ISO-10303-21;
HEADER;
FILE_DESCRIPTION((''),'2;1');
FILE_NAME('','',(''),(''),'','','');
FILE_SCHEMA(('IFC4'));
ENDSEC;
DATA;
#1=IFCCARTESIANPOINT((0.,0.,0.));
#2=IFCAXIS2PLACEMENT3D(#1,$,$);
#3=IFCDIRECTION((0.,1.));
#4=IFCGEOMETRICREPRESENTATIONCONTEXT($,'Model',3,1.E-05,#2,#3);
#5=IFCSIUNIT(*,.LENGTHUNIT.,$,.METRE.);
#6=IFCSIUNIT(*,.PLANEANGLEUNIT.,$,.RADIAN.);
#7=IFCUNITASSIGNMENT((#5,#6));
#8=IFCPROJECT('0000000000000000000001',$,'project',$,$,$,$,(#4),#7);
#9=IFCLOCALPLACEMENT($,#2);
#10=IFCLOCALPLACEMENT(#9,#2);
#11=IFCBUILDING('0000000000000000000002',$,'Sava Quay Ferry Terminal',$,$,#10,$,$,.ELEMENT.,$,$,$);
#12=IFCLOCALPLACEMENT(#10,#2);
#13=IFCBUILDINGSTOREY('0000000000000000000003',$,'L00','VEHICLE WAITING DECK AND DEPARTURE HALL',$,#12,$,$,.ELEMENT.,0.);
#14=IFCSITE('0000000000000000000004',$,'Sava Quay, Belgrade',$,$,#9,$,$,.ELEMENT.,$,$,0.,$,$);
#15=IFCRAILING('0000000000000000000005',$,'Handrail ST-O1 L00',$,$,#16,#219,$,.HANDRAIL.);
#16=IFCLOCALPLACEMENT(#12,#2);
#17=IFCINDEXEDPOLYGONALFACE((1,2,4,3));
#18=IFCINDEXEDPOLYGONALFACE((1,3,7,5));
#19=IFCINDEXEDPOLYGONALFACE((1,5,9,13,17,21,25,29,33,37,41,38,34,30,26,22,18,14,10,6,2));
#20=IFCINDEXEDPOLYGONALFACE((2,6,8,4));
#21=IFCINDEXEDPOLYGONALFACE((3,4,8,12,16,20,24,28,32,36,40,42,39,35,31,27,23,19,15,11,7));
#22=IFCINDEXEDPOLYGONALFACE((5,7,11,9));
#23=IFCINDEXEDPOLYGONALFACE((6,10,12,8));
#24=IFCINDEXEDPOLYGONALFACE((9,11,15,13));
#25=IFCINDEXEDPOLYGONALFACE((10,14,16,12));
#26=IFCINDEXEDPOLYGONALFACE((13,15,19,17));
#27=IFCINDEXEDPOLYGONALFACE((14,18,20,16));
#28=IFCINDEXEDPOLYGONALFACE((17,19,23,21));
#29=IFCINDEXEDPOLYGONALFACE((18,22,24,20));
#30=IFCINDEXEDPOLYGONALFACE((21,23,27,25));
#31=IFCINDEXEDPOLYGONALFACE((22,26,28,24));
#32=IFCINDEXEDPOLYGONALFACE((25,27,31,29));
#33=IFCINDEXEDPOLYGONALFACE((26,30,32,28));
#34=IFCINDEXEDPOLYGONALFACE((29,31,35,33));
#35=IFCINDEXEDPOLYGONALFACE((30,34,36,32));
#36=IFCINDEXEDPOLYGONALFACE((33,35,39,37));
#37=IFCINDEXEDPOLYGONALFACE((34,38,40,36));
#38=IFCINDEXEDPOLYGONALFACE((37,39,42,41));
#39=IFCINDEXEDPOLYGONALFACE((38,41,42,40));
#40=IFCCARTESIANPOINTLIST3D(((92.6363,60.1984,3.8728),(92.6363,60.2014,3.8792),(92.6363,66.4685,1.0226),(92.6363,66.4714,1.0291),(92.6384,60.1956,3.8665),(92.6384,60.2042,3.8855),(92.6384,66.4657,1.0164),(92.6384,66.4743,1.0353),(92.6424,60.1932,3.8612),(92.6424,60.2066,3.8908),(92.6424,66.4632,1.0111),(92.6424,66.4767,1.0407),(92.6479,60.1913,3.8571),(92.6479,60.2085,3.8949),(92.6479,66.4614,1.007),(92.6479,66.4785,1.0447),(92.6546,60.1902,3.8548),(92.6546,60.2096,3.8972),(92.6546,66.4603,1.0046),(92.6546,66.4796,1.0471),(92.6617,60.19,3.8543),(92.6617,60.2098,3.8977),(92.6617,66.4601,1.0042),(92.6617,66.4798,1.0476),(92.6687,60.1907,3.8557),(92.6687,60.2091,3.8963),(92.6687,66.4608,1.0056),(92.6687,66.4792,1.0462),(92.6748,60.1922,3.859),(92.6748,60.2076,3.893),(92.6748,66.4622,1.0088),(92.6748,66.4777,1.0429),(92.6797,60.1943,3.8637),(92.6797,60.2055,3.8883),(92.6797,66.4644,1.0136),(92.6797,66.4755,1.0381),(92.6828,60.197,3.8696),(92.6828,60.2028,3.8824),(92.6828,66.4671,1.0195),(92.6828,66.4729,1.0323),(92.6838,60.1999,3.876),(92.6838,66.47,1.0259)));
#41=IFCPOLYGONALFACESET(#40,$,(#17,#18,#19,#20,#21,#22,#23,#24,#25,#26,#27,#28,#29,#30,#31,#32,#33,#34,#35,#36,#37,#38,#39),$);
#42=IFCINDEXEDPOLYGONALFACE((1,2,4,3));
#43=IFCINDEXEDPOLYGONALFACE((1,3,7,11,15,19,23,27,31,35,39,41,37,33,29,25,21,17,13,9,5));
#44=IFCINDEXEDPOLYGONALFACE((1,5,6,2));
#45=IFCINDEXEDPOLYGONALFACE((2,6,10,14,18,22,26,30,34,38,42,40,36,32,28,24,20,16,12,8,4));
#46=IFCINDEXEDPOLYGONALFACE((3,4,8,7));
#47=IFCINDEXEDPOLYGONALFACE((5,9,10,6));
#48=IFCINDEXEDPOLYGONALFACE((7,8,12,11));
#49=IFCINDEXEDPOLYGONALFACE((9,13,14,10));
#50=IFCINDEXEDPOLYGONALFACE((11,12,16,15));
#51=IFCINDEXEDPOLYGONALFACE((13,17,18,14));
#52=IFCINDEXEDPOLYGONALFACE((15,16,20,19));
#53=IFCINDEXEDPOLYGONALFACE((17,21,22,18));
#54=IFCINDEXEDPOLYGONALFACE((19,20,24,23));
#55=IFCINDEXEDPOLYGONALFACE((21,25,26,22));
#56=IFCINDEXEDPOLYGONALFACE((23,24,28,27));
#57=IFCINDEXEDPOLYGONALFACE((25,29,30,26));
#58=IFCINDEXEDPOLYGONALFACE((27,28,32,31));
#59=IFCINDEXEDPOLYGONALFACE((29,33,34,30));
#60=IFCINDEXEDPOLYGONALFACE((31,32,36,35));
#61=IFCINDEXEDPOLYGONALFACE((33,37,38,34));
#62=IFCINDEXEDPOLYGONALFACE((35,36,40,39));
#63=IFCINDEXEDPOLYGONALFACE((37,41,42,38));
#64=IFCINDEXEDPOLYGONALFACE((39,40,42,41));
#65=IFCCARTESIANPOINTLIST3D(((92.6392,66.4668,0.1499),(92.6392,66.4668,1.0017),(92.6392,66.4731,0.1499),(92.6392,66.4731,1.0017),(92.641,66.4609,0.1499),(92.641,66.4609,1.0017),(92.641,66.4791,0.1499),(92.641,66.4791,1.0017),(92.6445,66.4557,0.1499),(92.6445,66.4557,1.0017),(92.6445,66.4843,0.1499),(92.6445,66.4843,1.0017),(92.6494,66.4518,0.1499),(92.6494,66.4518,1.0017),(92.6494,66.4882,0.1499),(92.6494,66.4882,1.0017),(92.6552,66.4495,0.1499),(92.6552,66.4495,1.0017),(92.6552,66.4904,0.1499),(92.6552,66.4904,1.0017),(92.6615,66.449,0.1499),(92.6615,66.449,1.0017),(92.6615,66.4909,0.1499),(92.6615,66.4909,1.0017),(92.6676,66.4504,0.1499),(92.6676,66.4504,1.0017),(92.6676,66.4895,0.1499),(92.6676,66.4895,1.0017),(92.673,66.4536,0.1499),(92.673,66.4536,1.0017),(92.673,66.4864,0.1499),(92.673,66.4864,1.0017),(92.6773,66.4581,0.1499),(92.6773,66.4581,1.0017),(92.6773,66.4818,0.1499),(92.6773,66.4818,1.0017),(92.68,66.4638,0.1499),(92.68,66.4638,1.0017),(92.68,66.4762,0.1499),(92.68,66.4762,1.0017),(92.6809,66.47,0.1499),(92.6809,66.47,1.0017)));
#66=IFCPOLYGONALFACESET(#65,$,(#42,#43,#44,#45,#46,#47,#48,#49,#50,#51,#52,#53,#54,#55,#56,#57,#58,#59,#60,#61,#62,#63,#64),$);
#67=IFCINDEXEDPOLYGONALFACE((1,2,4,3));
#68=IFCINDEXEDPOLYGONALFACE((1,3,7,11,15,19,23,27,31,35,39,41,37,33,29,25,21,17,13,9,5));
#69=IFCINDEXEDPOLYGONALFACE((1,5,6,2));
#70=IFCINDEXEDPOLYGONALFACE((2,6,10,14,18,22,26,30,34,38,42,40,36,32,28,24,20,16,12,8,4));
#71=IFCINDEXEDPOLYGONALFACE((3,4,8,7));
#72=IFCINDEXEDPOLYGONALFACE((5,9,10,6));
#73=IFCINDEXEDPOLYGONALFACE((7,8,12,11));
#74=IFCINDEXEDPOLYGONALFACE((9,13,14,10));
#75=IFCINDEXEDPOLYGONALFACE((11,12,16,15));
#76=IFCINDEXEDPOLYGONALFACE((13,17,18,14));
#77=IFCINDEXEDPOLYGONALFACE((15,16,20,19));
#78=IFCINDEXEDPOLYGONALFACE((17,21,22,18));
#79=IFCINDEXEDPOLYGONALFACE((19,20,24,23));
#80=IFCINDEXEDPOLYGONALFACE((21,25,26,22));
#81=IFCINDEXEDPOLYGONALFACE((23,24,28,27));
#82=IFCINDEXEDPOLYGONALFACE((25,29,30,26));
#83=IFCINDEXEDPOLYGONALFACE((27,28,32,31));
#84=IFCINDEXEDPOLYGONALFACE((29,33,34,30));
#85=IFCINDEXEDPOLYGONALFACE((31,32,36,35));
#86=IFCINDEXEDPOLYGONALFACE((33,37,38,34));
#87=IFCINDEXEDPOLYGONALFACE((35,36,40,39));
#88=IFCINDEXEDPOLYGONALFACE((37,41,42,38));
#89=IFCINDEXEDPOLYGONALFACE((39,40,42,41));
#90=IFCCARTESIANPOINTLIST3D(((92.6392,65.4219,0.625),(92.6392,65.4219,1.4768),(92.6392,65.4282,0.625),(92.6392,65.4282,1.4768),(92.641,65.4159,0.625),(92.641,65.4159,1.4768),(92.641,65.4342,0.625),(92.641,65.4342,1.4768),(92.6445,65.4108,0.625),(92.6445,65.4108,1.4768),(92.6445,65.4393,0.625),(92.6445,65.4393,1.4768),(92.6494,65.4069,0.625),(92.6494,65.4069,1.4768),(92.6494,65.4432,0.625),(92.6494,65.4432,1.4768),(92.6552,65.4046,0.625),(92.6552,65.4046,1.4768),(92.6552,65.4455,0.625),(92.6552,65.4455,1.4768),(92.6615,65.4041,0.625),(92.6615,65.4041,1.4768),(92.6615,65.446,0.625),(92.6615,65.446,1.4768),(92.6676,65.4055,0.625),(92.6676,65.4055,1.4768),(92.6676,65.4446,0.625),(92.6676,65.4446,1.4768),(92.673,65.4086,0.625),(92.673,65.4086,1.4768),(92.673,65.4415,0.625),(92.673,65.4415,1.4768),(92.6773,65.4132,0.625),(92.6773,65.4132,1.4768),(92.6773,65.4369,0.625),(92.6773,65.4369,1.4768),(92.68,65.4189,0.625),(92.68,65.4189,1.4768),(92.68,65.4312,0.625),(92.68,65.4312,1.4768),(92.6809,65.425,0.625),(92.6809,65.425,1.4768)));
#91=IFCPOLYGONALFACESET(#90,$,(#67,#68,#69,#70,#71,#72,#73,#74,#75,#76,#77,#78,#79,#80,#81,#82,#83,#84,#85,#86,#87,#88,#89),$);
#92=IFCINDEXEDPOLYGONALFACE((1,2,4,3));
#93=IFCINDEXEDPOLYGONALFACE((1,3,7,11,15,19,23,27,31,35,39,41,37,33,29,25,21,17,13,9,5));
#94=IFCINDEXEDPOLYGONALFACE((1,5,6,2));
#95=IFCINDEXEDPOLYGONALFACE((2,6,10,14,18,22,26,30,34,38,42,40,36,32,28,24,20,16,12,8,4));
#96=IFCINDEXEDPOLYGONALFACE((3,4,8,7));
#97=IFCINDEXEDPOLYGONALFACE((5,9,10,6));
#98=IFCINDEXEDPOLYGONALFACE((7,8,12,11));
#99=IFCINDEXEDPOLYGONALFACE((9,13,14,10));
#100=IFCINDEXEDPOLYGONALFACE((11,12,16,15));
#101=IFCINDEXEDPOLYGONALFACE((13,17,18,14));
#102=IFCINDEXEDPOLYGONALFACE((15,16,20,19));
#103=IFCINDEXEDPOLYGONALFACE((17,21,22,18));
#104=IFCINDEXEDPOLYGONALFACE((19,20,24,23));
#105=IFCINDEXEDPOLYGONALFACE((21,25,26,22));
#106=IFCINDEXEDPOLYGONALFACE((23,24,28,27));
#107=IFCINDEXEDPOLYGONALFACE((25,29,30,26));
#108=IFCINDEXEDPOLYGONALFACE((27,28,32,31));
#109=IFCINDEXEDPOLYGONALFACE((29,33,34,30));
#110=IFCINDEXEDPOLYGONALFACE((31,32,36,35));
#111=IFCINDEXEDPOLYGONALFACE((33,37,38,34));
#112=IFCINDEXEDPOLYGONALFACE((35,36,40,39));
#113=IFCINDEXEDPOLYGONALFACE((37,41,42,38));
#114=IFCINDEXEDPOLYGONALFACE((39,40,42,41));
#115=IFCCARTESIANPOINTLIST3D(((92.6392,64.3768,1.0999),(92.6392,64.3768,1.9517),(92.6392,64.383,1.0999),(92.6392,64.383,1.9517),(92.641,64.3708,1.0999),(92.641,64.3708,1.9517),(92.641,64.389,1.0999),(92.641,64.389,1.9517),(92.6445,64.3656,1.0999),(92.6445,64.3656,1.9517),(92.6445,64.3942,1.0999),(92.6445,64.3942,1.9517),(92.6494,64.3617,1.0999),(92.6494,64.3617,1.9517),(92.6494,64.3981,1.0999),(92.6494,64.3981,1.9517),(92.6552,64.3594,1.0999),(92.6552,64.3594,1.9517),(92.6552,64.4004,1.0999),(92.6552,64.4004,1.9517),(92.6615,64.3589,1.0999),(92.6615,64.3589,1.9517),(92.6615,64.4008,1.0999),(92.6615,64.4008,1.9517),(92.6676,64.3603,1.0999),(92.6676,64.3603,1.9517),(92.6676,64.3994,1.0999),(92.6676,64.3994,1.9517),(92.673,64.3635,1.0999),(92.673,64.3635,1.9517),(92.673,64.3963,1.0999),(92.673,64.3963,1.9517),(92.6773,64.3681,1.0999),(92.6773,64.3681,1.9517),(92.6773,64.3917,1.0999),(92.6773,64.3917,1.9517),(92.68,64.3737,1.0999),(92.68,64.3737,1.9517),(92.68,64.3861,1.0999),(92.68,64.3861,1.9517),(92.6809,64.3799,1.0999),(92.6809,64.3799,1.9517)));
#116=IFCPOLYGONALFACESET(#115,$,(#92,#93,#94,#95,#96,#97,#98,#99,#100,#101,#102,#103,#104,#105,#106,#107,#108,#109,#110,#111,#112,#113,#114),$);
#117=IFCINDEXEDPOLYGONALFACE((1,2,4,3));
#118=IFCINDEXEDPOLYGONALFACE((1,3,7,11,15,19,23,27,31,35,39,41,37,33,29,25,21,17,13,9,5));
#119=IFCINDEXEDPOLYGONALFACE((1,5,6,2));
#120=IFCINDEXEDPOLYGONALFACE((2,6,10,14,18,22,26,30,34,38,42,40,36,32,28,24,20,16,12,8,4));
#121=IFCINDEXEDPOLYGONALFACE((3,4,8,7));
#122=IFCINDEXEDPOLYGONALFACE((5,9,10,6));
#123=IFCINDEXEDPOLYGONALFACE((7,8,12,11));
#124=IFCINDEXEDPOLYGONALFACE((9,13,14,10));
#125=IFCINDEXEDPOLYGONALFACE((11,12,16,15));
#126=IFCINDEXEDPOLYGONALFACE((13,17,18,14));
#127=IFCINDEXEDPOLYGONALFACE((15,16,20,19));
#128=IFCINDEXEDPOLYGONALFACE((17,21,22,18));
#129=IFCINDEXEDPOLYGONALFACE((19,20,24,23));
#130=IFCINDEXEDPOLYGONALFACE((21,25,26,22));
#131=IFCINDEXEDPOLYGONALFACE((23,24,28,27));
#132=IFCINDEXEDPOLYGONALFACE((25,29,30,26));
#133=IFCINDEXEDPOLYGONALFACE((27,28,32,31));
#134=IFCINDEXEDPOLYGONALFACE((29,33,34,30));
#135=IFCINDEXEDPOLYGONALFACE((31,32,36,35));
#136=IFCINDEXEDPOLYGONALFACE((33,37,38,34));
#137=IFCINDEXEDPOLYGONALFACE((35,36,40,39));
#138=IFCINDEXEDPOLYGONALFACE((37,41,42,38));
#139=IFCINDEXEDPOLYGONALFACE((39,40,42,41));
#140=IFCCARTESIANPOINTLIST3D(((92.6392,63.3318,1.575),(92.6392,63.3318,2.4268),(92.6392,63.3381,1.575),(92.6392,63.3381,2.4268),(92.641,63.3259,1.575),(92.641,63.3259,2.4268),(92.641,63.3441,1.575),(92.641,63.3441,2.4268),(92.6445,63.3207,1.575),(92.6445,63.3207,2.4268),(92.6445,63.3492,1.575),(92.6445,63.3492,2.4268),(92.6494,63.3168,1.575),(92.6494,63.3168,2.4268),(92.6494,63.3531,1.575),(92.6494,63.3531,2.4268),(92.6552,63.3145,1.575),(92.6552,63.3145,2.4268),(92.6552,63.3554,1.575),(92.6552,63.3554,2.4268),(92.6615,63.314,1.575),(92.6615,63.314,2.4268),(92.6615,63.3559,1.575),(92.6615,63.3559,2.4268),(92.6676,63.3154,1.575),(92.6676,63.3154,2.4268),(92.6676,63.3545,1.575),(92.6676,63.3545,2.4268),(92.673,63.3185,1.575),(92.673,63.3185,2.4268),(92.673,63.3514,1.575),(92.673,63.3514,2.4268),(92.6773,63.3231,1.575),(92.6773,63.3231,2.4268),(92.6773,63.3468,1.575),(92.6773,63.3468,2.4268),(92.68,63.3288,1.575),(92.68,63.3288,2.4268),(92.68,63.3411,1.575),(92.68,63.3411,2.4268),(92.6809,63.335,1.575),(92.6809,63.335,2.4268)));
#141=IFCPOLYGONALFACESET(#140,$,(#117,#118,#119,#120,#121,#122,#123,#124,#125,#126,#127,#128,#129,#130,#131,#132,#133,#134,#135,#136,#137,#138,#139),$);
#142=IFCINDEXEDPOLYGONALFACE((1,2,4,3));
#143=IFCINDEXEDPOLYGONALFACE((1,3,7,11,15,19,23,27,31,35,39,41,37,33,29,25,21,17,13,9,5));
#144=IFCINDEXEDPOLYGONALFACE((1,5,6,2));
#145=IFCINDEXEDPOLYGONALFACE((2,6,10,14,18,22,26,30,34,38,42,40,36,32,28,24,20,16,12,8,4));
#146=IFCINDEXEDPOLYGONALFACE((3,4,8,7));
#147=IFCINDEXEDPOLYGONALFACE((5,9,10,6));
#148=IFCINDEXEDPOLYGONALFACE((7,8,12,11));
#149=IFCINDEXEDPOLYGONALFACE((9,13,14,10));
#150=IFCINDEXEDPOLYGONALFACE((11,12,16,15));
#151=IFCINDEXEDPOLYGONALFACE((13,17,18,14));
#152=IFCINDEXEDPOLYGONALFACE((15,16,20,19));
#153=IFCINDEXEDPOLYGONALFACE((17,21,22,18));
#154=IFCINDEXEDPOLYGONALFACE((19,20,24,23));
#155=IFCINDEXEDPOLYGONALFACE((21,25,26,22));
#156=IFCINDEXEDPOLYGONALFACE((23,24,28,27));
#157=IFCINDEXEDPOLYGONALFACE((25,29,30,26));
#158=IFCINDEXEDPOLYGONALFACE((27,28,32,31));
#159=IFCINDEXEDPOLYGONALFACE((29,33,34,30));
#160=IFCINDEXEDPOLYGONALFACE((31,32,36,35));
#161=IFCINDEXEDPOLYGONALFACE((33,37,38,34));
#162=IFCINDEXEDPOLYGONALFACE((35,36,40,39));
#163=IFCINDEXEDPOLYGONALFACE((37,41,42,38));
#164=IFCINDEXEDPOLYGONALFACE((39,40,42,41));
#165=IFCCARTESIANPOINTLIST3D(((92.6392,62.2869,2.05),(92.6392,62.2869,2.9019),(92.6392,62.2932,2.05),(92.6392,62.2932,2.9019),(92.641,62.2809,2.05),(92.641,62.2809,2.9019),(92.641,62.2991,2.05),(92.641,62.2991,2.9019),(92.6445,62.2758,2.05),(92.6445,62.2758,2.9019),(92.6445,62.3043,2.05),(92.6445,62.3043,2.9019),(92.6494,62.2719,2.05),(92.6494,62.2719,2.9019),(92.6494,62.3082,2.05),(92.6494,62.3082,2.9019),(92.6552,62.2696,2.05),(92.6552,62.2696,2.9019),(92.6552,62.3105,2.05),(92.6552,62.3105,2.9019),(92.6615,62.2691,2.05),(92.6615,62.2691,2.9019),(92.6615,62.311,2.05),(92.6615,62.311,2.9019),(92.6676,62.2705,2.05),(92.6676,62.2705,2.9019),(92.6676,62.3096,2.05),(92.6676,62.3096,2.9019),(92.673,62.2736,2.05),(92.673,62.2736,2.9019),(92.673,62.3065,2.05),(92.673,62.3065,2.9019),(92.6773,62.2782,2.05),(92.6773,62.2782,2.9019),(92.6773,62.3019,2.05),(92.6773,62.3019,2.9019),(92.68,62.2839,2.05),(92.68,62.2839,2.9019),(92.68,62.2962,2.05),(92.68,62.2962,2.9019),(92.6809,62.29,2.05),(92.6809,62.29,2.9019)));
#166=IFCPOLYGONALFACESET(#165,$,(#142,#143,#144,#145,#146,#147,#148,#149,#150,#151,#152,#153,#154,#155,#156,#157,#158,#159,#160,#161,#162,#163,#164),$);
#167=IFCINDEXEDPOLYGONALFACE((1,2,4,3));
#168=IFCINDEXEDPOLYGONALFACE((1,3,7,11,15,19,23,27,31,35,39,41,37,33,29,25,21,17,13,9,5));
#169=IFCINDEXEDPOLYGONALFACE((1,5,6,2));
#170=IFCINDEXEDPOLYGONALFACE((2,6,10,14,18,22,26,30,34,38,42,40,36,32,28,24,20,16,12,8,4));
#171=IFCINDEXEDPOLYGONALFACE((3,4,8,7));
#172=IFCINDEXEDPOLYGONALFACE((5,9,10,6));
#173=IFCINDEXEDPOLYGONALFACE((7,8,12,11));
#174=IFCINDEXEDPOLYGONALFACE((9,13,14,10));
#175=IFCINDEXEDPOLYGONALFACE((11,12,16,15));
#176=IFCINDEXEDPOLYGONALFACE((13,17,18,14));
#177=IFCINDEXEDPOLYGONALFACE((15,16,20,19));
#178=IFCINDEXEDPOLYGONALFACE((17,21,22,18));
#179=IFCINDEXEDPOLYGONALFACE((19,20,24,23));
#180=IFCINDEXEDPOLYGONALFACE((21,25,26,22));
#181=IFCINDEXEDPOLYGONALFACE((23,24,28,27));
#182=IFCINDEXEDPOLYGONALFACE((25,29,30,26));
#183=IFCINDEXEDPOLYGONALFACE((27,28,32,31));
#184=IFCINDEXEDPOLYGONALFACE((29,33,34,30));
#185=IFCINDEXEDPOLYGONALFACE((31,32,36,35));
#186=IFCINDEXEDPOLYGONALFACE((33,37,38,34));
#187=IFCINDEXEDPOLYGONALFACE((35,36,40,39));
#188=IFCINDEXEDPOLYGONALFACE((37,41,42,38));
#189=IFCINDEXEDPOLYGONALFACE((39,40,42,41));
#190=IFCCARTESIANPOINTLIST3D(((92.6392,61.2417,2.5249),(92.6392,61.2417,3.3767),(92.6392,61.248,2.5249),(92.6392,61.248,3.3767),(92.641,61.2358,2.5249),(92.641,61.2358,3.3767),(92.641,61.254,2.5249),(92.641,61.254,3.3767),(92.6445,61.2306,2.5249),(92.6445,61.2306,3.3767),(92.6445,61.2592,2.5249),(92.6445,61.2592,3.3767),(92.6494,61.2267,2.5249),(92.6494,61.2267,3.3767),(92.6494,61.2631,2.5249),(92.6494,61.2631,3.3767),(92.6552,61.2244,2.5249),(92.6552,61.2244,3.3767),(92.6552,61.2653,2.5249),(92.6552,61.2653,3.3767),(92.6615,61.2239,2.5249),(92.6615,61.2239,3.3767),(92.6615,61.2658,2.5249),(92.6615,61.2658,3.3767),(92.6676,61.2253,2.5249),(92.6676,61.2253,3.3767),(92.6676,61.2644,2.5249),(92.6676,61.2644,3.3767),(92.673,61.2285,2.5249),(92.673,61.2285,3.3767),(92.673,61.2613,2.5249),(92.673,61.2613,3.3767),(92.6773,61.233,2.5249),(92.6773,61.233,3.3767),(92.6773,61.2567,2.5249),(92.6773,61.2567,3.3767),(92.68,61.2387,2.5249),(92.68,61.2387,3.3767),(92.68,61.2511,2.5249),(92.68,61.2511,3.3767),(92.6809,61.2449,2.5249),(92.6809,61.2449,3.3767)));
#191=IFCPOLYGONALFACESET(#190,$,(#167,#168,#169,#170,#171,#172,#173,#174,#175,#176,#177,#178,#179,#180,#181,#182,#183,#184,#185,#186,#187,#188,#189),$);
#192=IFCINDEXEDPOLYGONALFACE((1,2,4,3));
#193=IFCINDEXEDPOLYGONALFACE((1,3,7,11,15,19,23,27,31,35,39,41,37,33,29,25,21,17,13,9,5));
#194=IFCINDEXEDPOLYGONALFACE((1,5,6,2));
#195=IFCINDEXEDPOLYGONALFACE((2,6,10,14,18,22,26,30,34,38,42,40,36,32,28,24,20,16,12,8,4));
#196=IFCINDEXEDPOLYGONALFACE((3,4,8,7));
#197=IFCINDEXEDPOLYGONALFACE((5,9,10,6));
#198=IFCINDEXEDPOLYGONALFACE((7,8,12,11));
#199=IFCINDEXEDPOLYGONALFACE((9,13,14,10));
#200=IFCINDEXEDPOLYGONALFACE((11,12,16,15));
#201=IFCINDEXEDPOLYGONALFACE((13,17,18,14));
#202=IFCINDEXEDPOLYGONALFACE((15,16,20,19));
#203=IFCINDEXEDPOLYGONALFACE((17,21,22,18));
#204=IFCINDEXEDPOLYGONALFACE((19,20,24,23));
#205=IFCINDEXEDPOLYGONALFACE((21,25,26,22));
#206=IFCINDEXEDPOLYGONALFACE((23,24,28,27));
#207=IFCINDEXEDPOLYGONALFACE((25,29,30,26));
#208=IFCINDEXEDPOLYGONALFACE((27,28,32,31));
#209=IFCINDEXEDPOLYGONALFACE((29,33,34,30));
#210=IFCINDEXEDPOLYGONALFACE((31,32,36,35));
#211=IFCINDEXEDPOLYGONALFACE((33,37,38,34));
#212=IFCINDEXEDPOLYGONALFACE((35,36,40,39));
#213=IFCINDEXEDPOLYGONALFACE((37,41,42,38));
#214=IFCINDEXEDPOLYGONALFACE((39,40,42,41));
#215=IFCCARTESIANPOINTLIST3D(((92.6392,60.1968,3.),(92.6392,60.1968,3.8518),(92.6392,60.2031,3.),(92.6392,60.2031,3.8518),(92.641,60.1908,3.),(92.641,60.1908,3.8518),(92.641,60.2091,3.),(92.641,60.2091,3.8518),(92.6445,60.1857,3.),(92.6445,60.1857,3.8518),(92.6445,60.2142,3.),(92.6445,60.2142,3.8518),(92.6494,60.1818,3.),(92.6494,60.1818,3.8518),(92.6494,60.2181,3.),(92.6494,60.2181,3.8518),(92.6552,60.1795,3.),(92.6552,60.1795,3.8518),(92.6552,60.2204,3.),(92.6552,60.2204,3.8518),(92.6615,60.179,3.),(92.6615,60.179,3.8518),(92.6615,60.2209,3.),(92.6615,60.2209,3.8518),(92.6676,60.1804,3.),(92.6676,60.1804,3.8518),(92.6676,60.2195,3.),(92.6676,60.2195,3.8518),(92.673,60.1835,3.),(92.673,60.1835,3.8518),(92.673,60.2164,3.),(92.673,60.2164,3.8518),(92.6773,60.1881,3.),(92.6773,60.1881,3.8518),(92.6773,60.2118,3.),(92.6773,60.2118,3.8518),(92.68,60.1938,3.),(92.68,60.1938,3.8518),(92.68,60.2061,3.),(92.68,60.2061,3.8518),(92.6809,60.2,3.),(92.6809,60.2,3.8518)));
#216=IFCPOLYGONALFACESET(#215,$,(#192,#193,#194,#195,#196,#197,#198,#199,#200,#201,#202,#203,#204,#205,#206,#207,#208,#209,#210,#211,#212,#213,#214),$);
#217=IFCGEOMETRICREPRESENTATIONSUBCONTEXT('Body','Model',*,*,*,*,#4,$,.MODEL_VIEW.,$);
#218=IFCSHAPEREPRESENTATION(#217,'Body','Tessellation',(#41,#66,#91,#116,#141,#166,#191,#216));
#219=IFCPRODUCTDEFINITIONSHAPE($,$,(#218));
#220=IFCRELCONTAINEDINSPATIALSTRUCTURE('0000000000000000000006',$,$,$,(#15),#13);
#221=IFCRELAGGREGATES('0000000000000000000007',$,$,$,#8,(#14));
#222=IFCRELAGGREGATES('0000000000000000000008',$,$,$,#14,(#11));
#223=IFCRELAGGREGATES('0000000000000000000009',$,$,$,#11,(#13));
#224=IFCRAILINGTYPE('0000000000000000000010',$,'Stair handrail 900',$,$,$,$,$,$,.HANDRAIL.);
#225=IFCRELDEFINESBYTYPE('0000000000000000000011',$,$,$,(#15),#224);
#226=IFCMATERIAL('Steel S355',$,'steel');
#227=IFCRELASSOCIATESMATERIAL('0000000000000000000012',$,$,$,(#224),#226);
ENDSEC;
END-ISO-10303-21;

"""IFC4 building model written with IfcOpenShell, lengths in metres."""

from ifc_helpers import new_model, si_unit, direction, frame, origin, origin_2d, place, context, subcontext, project, spatial, circle, extrude, material, type_object, element, save


model = new_model("IFC4")

# Units and contexts
model_context = context("Model", 3, precision=1e-05, world=origin(), true_north=direction((0.0, 1.0)))
body_context = subcontext(model_context, "Body", "Model", "MODEL_VIEW")
ifc_project = project(units=[si_unit("LENGTHUNIT", "METRE"), si_unit("PLANEANGLEUNIT", "RADIAN")], contexts=[model_context])

# Site, building, storey
site_placement = place(None, origin())
site = spatial("IfcSite", under=ifc_project, at=site_placement, Name="Sava Quay, Belgrade", CompositionType="ELEMENT", RefElevation=0.0)
building_placement = place(site_placement, origin())
building = spatial("IfcBuilding", under=site, at=building_placement, Name="Sava Quay Ferry Terminal", CompositionType="ELEMENT")
storey_placement = place(building_placement, origin())
storey = spatial("IfcBuildingStorey", under=building, at=storey_placement, Name="L00", Description="VEHICLE WAITING DECK AND DEPARTURE HALL", CompositionType="ELEMENT", Elevation=0.0)

# Railing
ifc_material_1 = material(Name="Steel S355", Category="steel")
railing_type_1 = type_object("IfcRailingType", Name="Stair handrail 900", PredefinedType="HANDRAIL", material=ifc_material_1)
railing_1_placement = place(storey_placement, frame((92.6599, 66.47, 0.1499)))
element("IfcRailing", 1, at=railing_1_placement, inside=storey, type_object=railing_type_1, Name="Handrail ST-O1 L00", PredefinedType="HANDRAIL", context=body_context, shape_type="SweptSolid", body=[
    extrude(circle(Radius=0.0239, at=origin_2d()), frame((0.0, 0.0, 0.876), z_axis=(0.0, -0.910362, 0.413814), x_axis=(1.0, 0.0, 0.0)), (0.0, 0.0, 1.0), 6.8875),
    extrude(circle(Radius=0.021, at=origin_2d()), origin(), (0.0, 0.0, 1.0), 0.8518),
    extrude(circle(Radius=0.021, at=origin_2d()), frame((0.0, -1.0449, 0.4751)), (0.0, 0.0, 1.0), 0.8518),
    extrude(circle(Radius=0.021, at=origin_2d()), frame((0.0, -2.0901, 0.95)), (0.0, 0.0, 1.0), 0.8518),
    extrude(circle(Radius=0.021, at=origin_2d()), frame((0.0, -3.135, 1.425)), (0.0, 0.0, 1.0), 0.8518),
    extrude(circle(Radius=0.021, at=origin_2d()), frame((0.0, -4.1799, 1.9001)), (0.0, 0.0, 1.0), 0.8518),
    extrude(circle(Radius=0.021, at=origin_2d()), frame((0.0, -5.2251, 2.375)), (0.0, 0.0, 1.0), 0.8518),
    extrude(circle(Radius=0.021, at=origin_2d()), frame((0.0, -6.27, 2.8501)), (0.0, 0.0, 1.0), 0.8518),
])

save(model, "model.ifc")
